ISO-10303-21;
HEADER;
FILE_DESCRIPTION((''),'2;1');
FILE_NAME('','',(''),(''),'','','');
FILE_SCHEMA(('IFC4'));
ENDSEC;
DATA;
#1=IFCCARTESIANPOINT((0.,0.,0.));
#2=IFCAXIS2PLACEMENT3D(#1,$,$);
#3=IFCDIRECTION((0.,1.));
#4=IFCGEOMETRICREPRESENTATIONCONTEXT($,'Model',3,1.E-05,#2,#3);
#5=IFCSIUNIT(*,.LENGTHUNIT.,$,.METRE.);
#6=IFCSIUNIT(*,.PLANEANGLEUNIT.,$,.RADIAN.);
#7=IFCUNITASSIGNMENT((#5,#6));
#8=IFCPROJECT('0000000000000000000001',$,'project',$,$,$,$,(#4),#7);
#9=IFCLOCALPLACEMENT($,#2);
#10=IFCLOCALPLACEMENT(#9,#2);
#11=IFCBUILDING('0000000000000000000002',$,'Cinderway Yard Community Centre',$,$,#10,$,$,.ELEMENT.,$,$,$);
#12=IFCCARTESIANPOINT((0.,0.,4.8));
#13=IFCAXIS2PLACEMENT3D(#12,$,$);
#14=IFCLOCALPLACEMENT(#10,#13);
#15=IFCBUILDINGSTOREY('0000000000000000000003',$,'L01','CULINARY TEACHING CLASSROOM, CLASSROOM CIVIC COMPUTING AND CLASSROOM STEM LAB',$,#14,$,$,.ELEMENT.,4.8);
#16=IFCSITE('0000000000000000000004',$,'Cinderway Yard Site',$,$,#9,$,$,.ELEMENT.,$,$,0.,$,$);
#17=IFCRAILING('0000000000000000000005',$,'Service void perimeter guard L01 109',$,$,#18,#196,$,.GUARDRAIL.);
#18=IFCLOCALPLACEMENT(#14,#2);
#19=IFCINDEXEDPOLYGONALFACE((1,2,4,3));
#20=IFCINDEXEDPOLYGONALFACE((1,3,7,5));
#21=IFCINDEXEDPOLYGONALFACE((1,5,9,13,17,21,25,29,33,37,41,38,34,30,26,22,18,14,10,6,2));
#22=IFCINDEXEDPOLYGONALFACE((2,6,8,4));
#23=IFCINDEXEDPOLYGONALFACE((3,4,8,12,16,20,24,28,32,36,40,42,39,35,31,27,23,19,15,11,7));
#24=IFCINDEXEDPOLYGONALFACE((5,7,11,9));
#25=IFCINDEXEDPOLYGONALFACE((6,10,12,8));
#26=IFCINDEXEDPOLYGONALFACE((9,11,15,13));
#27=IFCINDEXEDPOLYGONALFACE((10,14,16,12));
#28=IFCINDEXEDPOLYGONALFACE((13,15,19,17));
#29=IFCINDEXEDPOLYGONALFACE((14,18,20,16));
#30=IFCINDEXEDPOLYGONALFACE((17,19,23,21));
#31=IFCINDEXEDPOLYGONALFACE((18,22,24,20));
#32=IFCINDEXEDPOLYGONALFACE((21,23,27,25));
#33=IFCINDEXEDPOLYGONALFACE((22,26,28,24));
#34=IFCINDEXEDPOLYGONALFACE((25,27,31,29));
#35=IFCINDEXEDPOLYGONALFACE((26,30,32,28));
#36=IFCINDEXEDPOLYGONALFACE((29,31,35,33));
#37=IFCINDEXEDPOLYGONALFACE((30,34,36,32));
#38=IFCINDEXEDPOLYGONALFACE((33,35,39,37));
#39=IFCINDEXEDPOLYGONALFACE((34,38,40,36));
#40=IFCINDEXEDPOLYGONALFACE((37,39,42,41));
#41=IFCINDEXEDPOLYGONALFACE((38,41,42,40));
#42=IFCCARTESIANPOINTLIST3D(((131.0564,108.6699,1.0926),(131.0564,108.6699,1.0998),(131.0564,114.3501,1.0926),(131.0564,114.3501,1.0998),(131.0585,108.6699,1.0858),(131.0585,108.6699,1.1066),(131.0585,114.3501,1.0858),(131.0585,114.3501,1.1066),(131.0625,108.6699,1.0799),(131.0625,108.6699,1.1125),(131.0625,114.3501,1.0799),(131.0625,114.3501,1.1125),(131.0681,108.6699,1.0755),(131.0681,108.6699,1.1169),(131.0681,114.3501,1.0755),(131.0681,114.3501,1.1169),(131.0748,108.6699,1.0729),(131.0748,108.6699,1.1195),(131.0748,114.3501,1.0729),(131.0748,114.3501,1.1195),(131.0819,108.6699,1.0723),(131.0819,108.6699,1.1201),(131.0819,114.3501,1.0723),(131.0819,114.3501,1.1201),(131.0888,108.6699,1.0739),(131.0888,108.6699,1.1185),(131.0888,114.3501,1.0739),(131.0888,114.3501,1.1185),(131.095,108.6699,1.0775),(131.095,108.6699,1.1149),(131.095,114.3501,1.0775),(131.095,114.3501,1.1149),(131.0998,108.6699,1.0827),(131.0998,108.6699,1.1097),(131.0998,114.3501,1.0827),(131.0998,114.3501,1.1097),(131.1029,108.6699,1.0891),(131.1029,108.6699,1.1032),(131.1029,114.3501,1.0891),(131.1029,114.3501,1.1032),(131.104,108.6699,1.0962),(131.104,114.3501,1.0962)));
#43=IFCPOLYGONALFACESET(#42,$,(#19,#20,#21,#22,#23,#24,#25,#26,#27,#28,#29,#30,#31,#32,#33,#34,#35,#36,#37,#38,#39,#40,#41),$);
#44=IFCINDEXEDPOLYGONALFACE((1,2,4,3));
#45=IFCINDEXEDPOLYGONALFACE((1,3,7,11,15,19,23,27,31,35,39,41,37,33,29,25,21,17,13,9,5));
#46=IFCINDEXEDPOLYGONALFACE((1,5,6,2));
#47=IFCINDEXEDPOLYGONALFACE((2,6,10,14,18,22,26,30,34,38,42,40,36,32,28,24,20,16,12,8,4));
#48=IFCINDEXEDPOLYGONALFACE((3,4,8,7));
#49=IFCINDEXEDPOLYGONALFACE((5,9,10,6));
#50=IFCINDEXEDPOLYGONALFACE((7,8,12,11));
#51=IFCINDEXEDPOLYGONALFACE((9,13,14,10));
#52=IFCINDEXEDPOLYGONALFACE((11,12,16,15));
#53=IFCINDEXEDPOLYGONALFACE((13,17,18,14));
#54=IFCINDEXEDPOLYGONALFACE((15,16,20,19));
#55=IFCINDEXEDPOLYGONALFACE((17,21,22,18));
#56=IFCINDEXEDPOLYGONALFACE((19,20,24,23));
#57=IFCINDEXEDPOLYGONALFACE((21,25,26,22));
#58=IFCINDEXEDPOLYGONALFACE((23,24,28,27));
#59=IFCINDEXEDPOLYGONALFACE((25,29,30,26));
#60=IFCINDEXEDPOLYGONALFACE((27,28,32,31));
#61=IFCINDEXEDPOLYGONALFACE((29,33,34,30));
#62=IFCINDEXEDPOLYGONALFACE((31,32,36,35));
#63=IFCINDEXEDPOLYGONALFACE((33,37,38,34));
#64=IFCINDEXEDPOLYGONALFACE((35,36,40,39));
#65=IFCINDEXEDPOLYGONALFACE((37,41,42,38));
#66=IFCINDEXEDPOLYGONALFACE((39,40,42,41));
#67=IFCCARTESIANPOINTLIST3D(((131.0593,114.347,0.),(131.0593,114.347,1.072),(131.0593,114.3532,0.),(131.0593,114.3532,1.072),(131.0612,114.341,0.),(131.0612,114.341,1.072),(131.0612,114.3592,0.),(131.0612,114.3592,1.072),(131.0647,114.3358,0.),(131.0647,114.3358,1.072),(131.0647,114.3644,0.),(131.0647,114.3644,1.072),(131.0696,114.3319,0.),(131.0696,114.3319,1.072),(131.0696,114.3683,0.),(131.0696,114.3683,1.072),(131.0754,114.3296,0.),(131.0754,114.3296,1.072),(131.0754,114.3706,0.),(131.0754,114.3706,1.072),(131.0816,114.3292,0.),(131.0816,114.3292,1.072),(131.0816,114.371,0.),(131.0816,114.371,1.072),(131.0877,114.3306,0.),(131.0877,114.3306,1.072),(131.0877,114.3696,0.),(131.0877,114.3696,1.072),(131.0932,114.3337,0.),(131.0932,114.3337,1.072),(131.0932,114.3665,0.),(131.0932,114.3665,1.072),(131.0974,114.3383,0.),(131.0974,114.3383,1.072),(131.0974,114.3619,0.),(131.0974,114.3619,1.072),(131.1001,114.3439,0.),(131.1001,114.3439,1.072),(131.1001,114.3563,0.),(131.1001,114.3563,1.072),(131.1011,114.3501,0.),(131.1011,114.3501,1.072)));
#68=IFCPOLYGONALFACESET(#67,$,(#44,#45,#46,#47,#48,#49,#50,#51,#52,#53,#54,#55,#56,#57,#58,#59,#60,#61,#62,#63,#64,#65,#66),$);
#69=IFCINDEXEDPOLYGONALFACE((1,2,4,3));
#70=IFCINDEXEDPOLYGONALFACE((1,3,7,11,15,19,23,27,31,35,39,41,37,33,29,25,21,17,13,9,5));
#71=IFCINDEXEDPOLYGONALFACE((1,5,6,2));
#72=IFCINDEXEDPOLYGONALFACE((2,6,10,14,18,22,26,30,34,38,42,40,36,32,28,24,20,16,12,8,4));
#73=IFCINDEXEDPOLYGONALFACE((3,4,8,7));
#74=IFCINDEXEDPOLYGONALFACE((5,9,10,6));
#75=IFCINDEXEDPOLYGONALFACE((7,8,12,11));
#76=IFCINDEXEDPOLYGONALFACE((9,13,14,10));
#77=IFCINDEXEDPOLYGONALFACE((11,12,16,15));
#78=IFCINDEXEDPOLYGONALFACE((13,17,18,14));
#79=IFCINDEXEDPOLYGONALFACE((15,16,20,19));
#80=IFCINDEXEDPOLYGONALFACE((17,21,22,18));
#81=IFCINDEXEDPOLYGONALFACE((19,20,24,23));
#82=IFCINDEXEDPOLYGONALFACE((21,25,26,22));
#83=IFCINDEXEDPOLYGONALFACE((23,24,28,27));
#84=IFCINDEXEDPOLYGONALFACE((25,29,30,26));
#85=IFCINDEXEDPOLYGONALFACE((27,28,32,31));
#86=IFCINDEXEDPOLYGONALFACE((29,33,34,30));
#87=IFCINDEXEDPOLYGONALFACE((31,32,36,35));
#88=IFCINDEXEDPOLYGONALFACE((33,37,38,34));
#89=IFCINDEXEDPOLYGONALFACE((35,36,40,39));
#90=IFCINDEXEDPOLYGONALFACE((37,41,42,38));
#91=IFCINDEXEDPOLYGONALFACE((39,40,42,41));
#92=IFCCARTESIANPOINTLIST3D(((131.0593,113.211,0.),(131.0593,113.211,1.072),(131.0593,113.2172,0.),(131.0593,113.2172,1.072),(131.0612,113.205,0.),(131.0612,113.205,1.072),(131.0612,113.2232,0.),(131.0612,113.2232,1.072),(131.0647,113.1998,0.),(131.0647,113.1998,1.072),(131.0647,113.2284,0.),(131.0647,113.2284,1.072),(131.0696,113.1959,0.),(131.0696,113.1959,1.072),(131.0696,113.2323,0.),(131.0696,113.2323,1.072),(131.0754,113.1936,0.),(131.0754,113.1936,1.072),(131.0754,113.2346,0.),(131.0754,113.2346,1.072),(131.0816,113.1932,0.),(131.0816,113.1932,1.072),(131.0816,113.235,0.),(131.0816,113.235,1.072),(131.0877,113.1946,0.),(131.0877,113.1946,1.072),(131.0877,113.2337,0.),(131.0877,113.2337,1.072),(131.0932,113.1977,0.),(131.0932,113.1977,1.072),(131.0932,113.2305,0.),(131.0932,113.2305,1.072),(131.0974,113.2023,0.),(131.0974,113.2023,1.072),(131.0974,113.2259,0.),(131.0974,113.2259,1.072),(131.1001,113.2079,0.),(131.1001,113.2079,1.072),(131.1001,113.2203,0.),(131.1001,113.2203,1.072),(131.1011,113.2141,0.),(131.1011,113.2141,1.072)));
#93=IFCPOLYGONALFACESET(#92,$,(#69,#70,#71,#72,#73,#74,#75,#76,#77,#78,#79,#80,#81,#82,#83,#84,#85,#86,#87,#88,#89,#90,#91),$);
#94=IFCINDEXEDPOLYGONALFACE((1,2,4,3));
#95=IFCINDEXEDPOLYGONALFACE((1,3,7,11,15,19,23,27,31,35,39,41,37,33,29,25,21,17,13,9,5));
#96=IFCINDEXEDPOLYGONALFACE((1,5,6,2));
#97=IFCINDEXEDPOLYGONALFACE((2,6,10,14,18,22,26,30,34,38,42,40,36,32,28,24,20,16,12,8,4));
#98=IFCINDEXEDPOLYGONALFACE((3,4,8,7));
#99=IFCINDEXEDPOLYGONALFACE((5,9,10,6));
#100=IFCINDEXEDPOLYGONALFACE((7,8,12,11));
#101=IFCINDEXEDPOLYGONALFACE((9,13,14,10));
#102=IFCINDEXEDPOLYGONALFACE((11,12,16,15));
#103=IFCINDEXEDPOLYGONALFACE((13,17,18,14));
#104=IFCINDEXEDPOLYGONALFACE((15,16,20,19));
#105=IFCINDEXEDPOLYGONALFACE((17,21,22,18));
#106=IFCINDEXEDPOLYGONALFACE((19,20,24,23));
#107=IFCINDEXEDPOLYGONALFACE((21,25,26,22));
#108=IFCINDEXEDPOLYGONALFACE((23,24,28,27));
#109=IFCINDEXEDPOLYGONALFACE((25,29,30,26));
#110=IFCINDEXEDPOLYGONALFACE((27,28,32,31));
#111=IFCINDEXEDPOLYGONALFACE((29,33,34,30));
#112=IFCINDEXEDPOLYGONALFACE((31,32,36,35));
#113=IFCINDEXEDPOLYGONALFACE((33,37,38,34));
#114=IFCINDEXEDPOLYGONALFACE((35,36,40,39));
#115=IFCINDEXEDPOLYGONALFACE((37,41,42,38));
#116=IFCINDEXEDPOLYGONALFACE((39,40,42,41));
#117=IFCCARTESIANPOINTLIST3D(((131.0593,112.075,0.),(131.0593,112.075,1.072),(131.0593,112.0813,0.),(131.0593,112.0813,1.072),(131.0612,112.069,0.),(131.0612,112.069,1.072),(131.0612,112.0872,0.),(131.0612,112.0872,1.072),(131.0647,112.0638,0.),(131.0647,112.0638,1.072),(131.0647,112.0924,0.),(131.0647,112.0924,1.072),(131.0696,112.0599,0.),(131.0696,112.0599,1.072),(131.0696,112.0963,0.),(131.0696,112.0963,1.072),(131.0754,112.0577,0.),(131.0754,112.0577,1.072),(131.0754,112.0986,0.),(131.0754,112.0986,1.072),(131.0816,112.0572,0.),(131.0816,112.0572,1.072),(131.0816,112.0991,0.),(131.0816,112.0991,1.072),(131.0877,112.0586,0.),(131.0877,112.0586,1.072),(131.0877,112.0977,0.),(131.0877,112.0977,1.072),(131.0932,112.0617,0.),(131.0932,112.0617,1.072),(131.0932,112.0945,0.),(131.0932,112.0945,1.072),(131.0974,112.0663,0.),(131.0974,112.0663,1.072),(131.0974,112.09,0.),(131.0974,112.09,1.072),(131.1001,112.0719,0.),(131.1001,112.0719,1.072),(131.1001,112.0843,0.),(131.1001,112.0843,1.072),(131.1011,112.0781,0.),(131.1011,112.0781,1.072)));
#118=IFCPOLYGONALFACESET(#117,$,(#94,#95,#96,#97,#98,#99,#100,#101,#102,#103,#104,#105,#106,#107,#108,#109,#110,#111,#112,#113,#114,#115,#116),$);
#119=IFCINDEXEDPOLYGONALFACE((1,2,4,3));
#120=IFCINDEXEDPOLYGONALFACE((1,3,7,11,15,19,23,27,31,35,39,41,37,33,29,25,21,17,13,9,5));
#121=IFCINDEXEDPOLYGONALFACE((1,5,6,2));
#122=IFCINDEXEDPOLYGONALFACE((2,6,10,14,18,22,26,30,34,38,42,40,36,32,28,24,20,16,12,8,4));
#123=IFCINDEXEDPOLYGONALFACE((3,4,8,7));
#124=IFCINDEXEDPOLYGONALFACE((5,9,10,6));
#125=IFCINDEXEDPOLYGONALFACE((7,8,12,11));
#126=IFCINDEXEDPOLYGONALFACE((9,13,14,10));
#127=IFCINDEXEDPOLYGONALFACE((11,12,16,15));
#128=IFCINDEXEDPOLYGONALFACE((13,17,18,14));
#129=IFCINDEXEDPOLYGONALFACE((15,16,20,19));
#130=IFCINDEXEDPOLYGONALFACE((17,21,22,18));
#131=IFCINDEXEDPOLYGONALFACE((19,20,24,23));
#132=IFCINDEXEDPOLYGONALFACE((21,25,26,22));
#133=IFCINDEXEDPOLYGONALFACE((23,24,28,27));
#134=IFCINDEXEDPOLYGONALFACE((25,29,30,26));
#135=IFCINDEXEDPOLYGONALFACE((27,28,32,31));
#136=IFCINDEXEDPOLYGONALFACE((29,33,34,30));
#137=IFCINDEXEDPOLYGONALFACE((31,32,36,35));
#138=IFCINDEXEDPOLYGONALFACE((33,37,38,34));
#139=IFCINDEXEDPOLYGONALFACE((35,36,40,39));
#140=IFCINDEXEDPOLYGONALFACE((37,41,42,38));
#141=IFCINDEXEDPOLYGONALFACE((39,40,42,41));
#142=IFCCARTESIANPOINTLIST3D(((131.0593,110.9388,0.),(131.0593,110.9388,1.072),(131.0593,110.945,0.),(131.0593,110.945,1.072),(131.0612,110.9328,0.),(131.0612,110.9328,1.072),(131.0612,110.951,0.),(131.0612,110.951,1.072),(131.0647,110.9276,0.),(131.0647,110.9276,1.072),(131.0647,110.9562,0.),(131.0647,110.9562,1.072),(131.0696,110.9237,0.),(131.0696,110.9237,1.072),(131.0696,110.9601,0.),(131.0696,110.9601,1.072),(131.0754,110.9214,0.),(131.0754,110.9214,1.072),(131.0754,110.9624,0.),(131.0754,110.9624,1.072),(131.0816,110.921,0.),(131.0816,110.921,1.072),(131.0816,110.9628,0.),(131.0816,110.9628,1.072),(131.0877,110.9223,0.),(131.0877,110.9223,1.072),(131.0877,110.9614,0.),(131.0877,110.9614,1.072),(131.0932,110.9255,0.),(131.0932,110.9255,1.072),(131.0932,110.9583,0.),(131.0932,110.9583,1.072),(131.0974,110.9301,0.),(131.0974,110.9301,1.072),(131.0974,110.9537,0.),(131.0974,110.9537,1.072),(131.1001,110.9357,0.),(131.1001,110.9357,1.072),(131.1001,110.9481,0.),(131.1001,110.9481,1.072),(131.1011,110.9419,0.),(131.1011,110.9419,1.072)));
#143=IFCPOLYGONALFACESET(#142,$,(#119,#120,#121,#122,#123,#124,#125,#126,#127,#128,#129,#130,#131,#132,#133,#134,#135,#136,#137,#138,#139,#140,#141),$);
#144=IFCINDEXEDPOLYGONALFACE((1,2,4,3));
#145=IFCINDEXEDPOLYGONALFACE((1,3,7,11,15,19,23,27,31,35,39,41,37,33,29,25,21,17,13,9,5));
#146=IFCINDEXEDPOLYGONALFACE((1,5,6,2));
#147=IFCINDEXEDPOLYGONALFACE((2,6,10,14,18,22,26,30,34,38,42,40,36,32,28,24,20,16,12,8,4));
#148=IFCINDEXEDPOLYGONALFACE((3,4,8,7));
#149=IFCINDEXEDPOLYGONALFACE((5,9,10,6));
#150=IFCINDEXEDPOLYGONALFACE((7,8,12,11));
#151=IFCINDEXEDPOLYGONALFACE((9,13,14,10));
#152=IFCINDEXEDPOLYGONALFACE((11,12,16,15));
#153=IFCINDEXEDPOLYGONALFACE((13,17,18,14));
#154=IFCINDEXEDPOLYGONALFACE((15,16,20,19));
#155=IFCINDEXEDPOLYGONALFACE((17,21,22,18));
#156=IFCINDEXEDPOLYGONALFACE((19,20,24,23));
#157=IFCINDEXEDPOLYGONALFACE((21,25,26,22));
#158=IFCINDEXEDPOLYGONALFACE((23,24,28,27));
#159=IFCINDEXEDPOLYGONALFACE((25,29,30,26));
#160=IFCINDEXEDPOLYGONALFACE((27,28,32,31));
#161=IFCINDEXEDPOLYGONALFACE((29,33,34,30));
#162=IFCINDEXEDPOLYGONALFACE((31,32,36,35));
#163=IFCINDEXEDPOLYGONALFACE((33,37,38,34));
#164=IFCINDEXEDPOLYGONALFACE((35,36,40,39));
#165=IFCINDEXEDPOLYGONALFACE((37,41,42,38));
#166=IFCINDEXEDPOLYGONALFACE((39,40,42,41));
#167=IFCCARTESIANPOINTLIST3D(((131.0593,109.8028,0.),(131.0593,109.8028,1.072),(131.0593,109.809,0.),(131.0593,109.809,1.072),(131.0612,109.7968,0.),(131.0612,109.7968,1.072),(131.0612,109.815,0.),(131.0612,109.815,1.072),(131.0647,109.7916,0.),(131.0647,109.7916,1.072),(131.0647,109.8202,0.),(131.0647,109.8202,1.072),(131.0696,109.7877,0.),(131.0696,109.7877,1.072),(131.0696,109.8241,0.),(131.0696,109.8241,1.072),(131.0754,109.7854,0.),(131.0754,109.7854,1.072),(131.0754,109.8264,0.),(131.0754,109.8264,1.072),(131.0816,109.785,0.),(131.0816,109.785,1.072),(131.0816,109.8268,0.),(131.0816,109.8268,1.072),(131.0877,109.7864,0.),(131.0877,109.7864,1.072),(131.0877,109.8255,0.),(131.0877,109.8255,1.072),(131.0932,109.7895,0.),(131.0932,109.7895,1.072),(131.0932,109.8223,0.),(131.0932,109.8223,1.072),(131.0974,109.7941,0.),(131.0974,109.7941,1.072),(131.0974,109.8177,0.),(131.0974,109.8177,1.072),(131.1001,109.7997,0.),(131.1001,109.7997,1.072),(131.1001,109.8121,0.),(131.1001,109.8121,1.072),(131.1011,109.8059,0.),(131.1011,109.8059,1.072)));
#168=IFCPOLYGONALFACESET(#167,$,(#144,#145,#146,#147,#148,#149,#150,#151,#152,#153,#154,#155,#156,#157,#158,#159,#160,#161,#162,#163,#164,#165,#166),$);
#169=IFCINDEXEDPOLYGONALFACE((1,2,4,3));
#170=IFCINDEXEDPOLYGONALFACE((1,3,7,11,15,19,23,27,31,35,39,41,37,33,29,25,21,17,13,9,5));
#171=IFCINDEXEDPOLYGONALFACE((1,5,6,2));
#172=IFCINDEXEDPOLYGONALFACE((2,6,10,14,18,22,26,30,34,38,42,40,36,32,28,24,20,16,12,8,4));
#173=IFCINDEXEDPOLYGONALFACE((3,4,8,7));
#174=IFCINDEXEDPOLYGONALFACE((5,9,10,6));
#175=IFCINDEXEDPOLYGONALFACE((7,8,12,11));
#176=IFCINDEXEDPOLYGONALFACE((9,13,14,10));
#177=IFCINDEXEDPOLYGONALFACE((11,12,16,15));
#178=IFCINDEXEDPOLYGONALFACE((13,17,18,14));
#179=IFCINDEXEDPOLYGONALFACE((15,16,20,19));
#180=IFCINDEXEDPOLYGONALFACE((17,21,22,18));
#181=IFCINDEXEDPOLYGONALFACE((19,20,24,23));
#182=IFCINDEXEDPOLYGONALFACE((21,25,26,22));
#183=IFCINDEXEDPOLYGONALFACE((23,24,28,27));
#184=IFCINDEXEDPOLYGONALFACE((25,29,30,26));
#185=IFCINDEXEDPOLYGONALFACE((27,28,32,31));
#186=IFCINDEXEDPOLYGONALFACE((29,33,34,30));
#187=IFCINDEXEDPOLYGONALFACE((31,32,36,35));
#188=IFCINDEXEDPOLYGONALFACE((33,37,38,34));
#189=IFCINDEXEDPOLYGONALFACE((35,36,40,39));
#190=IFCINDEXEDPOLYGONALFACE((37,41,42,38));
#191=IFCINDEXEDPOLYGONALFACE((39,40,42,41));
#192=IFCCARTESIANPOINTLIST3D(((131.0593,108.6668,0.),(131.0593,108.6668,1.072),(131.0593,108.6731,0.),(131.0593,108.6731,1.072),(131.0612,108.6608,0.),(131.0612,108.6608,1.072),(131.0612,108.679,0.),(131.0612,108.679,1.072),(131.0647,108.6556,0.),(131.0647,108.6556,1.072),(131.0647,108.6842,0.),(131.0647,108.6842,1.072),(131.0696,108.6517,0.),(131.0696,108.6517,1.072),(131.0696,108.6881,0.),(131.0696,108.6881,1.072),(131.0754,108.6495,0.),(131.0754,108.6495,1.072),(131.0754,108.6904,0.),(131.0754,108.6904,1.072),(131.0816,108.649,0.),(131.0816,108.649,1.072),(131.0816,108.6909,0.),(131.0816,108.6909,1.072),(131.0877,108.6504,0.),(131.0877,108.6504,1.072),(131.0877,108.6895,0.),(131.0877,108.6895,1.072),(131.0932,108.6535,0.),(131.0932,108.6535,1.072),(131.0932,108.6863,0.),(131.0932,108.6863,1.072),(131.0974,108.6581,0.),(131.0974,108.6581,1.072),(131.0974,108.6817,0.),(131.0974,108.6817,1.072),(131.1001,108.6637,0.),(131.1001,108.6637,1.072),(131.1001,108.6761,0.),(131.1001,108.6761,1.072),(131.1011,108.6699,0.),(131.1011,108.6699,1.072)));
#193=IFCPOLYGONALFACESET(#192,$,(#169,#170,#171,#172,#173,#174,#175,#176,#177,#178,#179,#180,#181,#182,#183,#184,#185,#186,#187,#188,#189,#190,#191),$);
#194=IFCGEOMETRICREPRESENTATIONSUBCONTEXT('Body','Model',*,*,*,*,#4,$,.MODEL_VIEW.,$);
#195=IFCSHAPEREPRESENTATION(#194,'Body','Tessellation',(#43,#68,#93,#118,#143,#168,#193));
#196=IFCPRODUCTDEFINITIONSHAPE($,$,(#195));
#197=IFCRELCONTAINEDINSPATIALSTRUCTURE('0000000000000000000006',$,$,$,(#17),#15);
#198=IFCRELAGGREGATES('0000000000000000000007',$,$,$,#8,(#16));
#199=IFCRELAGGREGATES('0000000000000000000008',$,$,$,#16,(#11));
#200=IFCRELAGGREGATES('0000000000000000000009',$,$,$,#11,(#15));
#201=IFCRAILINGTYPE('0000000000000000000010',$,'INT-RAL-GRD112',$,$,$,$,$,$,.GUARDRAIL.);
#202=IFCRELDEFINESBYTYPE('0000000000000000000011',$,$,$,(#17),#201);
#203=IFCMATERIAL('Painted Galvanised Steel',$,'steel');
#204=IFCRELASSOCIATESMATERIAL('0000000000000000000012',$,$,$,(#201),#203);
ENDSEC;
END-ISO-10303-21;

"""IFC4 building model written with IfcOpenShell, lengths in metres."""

from ifc_helpers import new_model, si_unit, direction, frame, origin, origin_2d, place, context, subcontext, project, spatial, circle, extrude, material, type_object, element, save


model = new_model("IFC4")

# Units and contexts
model_context = context("Model", 3, precision=1e-05, world=origin(), true_north=direction((0.0, 1.0)))
body_context = subcontext(model_context, "Body", "Model", "MODEL_VIEW")
ifc_project = project(units=[si_unit("LENGTHUNIT", "METRE"), si_unit("PLANEANGLEUNIT", "RADIAN")], contexts=[model_context])

# Site, building, storey
site_placement = place(None, origin())
site = spatial("IfcSite", under=ifc_project, at=site_placement, Name="Cinderway Yard Site", CompositionType="ELEMENT", RefElevation=0.0)
building_placement = place(site_placement, origin())
building = spatial("IfcBuilding", under=site, at=building_placement, Name="Cinderway Yard Community Centre", CompositionType="ELEMENT")
storey_placement = place(building_placement, frame((0.0, 0.0, 4.8)))
storey = spatial("IfcBuildingStorey", under=building, at=storey_placement, Name="L01", Description="CULINARY TEACHING CLASSROOM, CLASSROOM CIVIC COMPUTING AND CLASSROOM STEM LAB", CompositionType="ELEMENT", Elevation=4.8)

# Railing
ifc_material_1 = material(Name="Painted Galvanised Steel", Category="steel")
railing_type_1 = type_object("IfcRailingType", Name="INT-RAL-GRD112", PredefinedType="GUARDRAIL", material=ifc_material_1)
railing_1_placement = place(storey_placement, frame((131.0801, 114.3501, 0.0)))
element("IfcRailing", 1, at=railing_1_placement, inside=storey, type_object=railing_type_1, Name="Service void perimeter guard L01 109", PredefinedType="GUARDRAIL", context=body_context, shape_type="SweptSolid", body=[
    extrude(circle(Radius=0.0239, at=origin_2d()), frame((0.0, 0.0, 1.0962), z_axis=(0.0, -1.0, 0.0), x_axis=(1.0, 0.0, 0.0)), (0.0, 0.0, 1.0), 5.6802),
    extrude(circle(Radius=0.021, at=origin_2d()), origin(), (0.0, 0.0, 1.0), 1.072),
    extrude(circle(Radius=0.021, at=origin_2d()), frame((0.0, -1.136, 0.0)), (0.0, 0.0, 1.0), 1.072),
    extrude(circle(Radius=0.021, at=origin_2d()), frame((0.0, -2.272, 0.0)), (0.0, 0.0, 1.0), 1.072),
    extrude(circle(Radius=0.021, at=origin_2d()), frame((0.0, -3.4082, 0.0)), (0.0, 0.0, 1.0), 1.072),
    extrude(circle(Radius=0.021, at=origin_2d()), frame((0.0, -4.5442, 0.0)), (0.0, 0.0, 1.0), 1.072),
    extrude(circle(Radius=0.021, at=origin_2d()), frame((0.0, -5.6802, 0.0)), (0.0, 0.0, 1.0), 1.072),
])

save(model, "model.ifc")
